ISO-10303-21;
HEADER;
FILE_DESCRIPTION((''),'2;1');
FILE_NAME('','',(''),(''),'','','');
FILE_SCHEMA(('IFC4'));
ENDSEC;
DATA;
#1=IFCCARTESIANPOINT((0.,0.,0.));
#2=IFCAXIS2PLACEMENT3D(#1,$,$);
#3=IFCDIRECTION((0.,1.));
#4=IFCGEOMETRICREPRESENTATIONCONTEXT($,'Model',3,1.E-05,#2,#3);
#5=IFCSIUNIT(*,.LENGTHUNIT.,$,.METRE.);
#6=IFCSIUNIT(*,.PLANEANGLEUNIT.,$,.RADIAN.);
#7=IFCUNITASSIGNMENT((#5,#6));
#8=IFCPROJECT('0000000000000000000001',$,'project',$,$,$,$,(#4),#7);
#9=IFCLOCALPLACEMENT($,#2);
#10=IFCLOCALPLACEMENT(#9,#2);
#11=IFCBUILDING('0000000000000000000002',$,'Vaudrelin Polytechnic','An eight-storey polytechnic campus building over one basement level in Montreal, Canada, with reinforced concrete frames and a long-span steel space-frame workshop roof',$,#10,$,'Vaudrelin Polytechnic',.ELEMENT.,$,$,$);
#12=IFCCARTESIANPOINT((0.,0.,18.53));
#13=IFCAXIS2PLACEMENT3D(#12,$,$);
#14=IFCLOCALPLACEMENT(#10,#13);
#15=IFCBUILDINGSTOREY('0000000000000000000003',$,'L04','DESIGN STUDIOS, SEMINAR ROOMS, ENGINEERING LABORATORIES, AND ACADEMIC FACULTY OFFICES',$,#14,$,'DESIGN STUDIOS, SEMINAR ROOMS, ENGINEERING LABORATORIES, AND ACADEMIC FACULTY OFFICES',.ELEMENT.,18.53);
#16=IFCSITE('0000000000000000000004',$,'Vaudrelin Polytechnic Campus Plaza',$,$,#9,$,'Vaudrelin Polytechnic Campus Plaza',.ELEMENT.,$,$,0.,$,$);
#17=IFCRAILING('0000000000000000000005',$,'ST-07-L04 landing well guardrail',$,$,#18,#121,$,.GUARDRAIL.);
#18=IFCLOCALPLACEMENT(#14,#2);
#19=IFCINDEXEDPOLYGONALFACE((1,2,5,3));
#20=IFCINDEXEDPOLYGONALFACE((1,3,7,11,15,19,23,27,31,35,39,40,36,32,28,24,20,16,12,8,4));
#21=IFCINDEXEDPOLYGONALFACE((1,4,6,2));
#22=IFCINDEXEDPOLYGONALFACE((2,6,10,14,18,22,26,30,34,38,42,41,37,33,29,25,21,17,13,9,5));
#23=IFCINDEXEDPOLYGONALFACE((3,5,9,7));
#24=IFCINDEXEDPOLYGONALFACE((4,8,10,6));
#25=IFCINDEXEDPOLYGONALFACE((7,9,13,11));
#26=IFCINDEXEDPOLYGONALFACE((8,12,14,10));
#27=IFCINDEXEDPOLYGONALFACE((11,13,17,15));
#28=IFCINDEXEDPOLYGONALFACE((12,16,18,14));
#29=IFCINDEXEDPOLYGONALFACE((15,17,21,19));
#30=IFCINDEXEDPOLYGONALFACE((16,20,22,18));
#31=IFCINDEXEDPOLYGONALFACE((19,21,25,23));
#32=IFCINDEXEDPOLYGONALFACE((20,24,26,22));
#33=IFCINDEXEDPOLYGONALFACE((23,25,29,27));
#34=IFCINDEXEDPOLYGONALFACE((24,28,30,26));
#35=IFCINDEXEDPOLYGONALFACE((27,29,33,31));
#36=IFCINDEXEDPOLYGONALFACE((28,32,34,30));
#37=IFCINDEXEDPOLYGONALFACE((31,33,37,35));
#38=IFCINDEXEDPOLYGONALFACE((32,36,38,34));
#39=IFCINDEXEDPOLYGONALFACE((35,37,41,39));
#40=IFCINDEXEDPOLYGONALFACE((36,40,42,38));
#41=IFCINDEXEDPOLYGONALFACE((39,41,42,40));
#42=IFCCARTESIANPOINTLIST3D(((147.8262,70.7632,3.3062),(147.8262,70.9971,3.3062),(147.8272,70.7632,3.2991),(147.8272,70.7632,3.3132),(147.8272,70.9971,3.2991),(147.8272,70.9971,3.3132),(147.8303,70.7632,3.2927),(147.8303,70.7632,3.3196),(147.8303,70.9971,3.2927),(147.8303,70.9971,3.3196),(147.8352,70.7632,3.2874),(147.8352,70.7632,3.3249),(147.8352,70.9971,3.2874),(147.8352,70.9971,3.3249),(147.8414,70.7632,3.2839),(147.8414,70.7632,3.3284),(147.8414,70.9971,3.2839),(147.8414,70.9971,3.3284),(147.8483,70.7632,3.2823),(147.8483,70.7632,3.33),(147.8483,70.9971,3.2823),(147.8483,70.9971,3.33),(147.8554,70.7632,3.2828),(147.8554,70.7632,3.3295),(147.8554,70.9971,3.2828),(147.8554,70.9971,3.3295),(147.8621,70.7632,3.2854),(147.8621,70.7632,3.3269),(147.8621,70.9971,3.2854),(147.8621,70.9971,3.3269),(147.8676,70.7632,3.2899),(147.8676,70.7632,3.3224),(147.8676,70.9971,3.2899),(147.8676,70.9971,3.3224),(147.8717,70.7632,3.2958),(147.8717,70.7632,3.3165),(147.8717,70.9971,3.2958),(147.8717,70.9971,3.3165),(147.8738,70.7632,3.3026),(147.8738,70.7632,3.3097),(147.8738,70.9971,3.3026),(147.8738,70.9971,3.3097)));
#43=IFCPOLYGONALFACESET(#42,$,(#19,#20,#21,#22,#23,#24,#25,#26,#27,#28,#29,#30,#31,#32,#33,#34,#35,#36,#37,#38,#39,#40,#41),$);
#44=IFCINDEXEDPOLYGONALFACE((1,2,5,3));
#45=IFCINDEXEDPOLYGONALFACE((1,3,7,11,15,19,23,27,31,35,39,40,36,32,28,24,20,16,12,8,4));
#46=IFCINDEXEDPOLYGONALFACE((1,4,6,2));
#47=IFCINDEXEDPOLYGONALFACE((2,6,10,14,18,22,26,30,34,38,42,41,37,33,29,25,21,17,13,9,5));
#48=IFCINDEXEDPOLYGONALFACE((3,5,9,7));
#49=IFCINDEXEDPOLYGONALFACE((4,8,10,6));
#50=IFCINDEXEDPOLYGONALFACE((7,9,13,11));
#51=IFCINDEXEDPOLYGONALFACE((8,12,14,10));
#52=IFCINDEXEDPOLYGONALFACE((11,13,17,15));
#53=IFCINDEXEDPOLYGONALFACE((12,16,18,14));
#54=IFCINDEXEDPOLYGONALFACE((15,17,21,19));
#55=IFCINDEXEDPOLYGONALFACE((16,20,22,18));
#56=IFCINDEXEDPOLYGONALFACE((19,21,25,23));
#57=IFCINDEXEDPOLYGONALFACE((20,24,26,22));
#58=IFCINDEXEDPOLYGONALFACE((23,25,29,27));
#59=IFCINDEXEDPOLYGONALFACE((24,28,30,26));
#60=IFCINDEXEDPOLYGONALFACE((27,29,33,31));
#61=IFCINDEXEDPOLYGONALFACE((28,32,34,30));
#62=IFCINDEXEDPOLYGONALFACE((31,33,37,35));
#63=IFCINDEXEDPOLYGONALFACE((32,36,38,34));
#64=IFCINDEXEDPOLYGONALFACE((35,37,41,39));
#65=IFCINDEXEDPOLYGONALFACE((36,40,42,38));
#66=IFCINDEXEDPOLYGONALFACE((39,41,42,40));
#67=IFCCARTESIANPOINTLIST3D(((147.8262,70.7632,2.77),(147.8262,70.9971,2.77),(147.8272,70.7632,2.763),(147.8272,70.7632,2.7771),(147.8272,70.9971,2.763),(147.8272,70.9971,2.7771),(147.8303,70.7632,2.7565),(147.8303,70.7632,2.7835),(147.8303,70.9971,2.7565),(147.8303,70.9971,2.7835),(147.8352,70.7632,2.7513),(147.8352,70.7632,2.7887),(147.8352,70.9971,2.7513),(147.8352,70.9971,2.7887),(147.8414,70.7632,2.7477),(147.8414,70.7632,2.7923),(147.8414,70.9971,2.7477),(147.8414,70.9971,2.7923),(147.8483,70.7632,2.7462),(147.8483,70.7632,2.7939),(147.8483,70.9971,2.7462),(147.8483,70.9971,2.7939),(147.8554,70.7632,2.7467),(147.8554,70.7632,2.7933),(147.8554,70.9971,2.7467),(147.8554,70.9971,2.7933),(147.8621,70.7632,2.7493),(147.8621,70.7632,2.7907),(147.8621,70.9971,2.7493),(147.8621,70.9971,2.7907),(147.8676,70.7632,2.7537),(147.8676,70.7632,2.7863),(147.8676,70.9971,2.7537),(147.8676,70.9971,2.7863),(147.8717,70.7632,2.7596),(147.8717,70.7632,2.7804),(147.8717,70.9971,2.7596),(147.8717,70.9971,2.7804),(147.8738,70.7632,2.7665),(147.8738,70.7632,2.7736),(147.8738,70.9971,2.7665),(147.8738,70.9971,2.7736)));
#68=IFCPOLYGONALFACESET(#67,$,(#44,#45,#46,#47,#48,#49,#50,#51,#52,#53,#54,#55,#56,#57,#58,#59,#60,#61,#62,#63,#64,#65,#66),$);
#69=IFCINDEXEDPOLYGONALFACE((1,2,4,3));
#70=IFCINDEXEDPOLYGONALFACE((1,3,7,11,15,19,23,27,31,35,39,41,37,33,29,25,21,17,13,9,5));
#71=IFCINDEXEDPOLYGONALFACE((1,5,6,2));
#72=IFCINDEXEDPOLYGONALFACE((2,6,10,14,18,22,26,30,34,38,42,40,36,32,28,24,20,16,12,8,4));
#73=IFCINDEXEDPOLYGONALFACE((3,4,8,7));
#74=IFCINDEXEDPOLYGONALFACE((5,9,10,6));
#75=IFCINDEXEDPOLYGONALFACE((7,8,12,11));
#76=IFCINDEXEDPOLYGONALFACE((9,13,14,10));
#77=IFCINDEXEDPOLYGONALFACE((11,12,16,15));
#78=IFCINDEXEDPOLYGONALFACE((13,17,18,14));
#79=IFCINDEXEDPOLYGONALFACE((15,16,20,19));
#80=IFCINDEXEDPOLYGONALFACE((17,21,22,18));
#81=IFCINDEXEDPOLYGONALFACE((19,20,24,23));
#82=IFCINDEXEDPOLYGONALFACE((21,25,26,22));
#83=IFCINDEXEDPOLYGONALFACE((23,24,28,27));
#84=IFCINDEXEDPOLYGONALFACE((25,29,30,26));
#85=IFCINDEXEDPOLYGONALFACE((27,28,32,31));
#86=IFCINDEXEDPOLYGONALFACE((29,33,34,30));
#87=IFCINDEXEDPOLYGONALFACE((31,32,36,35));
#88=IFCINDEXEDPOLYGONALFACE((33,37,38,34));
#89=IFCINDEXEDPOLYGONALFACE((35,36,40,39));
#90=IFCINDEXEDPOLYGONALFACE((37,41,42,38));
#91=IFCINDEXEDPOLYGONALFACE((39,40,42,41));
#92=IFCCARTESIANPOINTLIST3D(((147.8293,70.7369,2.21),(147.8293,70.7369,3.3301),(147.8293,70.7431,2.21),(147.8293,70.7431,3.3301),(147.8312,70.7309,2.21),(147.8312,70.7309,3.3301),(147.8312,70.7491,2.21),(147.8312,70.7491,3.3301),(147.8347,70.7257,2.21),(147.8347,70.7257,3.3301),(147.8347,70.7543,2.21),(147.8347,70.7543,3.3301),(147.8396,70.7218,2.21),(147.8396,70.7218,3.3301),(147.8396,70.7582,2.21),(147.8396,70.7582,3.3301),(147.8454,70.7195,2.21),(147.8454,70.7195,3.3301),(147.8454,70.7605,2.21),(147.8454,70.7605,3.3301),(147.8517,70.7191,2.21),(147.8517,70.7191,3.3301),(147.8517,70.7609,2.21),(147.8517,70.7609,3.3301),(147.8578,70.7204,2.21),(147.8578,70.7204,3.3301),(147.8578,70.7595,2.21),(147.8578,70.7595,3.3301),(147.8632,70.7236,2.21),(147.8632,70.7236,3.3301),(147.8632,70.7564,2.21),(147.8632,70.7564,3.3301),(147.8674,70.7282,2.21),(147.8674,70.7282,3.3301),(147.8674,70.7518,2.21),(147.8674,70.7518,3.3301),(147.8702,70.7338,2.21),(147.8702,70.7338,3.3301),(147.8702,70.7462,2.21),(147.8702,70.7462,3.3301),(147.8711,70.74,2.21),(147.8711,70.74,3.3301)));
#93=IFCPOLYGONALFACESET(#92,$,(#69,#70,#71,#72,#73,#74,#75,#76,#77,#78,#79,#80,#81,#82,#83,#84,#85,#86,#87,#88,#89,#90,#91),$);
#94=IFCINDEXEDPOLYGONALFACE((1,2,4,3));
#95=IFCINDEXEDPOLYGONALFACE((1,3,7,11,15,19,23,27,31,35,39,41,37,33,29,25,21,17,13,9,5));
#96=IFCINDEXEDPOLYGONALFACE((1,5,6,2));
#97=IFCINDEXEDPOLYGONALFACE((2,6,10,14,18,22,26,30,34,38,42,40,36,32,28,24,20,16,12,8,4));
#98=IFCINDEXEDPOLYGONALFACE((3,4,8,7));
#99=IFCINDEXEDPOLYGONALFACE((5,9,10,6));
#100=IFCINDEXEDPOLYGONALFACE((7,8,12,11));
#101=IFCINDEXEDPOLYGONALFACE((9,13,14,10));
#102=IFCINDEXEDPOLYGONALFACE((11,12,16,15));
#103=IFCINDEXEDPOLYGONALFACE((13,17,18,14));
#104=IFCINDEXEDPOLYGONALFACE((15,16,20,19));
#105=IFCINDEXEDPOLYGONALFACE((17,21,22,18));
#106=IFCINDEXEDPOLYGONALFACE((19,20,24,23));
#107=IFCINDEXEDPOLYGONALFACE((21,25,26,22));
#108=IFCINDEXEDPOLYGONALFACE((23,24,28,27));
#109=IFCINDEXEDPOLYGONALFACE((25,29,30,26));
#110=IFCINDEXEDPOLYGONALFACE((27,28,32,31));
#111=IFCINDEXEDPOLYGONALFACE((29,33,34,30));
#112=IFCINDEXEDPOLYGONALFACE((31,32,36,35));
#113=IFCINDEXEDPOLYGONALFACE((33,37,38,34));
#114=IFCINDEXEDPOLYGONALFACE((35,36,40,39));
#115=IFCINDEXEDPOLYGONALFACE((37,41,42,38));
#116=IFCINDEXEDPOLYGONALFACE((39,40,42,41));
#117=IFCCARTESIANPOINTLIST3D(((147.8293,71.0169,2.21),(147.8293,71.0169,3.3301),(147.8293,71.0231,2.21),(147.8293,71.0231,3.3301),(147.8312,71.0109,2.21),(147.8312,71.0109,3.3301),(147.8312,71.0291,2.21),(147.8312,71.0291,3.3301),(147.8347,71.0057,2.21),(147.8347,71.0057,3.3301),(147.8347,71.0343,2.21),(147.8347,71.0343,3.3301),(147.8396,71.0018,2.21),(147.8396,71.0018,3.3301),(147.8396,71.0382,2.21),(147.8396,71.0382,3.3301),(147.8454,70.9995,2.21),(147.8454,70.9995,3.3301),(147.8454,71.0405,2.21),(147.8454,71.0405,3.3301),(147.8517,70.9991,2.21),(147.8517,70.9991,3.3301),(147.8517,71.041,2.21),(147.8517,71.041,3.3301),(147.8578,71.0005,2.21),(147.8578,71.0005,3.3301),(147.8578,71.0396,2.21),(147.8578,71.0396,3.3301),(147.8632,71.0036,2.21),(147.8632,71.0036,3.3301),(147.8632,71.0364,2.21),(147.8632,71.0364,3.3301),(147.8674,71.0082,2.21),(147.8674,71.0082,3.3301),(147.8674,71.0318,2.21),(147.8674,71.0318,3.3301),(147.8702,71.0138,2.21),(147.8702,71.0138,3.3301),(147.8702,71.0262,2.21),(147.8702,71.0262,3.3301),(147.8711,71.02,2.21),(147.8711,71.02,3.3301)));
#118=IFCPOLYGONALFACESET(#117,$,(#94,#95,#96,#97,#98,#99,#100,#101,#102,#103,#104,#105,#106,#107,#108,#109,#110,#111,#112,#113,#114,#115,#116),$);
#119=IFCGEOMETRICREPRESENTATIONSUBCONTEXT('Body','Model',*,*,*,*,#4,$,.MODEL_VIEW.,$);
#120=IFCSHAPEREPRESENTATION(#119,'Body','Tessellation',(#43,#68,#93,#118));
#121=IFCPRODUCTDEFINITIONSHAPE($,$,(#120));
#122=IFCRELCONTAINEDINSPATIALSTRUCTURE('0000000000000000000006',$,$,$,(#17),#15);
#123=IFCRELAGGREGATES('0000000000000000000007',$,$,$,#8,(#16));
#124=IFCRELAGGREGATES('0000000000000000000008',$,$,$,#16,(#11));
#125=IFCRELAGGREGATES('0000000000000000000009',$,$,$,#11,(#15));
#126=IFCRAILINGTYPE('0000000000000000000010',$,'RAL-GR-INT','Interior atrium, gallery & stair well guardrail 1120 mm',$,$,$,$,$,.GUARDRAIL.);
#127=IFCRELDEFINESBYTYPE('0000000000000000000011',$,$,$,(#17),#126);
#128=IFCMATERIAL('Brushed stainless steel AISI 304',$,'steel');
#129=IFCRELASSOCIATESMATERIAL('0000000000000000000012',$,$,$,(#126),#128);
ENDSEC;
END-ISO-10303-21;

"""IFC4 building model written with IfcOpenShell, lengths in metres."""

from ifc_helpers import new_model, si_unit, direction, frame, origin, origin_2d, place, context, subcontext, project, spatial, circle, extrude, material, type_object, element, save


model = new_model("IFC4")

# Units and contexts
model_context = context("Model", 3, precision=1e-05, world=origin(), true_north=direction((0.0, 1.0)))
body_context = subcontext(model_context, "Body", "Model", "MODEL_VIEW")
ifc_project = project(units=[si_unit("LENGTHUNIT", "METRE"), si_unit("PLANEANGLEUNIT", "RADIAN")], contexts=[model_context])

# Site, building, storey
site_placement = place(None, origin())
site = spatial("IfcSite", under=ifc_project, at=site_placement, Name="Vaudrelin Polytechnic Campus Plaza", LongName="Vaudrelin Polytechnic Campus Plaza", CompositionType="ELEMENT", RefElevation=0.0)
building_placement = place(site_placement, origin())
building = spatial("IfcBuilding", under=site, at=building_placement, Name="Vaudrelin Polytechnic", Description="An eight-storey polytechnic campus building over one basement level in Montreal, Canada, with reinforced concrete frames and a long-span steel space-frame workshop roof", LongName="Vaudrelin Polytechnic", CompositionType="ELEMENT")
storey_placement = place(building_placement, frame((0.0, 0.0, 18.53)))
storey = spatial("IfcBuildingStorey", under=building, at=storey_placement, Name="L04", Description="DESIGN STUDIOS, SEMINAR ROOMS, ENGINEERING LABORATORIES, AND ACADEMIC FACULTY OFFICES", LongName="DESIGN STUDIOS, SEMINAR ROOMS, ENGINEERING LABORATORIES, AND ACADEMIC FACULTY OFFICES", CompositionType="ELEMENT", Elevation=18.53)

# Railing
ifc_material_1 = material(Name="Brushed stainless steel AISI 304", Category="steel")
railing_type_1 = type_object("IfcRailingType", Name="RAL-GR-INT", Description="Interior atrium, gallery & stair well guardrail 1120 mm", PredefinedType="GUARDRAIL", material=ifc_material_1)
railing_1_placement = place(storey_placement, frame((147.8501, 70.74, 2.21)))
element("IfcRailing", 1, at=railing_1_placement, inside=storey, type_object=railing_type_1, Name="ST-07-L04 landing well guardrail", PredefinedType="GUARDRAIL", context=body_context, shape_type="SweptSolid", body=[
    extrude(circle(Radius=0.0239, at=origin_2d()), frame((0.0, 0.0232, 1.0962), z_axis=(0.0, 1.0, 0.0), x_axis=(-1.0, 0.0, 0.0)), (0.0, 0.0, 1.0), 0.2339),
    extrude(circle(Radius=0.0239, at=origin_2d()), frame((0.0, 0.0232, 0.5601), z_axis=(0.0, 1.0, 0.0), x_axis=(-1.0, 0.0, 0.0)), (0.0, 0.0, 1.0), 0.2339),
    extrude(circle(Radius=0.021, at=origin_2d()), origin(), (0.0, 0.0, 1.0), 1.1201),
    extrude(circle(Radius=0.021, at=origin_2d()), frame((0.0, 0.28, 0.0)), (0.0, 0.0, 1.0), 1.1201),
])

save(model, "model.ifc")
